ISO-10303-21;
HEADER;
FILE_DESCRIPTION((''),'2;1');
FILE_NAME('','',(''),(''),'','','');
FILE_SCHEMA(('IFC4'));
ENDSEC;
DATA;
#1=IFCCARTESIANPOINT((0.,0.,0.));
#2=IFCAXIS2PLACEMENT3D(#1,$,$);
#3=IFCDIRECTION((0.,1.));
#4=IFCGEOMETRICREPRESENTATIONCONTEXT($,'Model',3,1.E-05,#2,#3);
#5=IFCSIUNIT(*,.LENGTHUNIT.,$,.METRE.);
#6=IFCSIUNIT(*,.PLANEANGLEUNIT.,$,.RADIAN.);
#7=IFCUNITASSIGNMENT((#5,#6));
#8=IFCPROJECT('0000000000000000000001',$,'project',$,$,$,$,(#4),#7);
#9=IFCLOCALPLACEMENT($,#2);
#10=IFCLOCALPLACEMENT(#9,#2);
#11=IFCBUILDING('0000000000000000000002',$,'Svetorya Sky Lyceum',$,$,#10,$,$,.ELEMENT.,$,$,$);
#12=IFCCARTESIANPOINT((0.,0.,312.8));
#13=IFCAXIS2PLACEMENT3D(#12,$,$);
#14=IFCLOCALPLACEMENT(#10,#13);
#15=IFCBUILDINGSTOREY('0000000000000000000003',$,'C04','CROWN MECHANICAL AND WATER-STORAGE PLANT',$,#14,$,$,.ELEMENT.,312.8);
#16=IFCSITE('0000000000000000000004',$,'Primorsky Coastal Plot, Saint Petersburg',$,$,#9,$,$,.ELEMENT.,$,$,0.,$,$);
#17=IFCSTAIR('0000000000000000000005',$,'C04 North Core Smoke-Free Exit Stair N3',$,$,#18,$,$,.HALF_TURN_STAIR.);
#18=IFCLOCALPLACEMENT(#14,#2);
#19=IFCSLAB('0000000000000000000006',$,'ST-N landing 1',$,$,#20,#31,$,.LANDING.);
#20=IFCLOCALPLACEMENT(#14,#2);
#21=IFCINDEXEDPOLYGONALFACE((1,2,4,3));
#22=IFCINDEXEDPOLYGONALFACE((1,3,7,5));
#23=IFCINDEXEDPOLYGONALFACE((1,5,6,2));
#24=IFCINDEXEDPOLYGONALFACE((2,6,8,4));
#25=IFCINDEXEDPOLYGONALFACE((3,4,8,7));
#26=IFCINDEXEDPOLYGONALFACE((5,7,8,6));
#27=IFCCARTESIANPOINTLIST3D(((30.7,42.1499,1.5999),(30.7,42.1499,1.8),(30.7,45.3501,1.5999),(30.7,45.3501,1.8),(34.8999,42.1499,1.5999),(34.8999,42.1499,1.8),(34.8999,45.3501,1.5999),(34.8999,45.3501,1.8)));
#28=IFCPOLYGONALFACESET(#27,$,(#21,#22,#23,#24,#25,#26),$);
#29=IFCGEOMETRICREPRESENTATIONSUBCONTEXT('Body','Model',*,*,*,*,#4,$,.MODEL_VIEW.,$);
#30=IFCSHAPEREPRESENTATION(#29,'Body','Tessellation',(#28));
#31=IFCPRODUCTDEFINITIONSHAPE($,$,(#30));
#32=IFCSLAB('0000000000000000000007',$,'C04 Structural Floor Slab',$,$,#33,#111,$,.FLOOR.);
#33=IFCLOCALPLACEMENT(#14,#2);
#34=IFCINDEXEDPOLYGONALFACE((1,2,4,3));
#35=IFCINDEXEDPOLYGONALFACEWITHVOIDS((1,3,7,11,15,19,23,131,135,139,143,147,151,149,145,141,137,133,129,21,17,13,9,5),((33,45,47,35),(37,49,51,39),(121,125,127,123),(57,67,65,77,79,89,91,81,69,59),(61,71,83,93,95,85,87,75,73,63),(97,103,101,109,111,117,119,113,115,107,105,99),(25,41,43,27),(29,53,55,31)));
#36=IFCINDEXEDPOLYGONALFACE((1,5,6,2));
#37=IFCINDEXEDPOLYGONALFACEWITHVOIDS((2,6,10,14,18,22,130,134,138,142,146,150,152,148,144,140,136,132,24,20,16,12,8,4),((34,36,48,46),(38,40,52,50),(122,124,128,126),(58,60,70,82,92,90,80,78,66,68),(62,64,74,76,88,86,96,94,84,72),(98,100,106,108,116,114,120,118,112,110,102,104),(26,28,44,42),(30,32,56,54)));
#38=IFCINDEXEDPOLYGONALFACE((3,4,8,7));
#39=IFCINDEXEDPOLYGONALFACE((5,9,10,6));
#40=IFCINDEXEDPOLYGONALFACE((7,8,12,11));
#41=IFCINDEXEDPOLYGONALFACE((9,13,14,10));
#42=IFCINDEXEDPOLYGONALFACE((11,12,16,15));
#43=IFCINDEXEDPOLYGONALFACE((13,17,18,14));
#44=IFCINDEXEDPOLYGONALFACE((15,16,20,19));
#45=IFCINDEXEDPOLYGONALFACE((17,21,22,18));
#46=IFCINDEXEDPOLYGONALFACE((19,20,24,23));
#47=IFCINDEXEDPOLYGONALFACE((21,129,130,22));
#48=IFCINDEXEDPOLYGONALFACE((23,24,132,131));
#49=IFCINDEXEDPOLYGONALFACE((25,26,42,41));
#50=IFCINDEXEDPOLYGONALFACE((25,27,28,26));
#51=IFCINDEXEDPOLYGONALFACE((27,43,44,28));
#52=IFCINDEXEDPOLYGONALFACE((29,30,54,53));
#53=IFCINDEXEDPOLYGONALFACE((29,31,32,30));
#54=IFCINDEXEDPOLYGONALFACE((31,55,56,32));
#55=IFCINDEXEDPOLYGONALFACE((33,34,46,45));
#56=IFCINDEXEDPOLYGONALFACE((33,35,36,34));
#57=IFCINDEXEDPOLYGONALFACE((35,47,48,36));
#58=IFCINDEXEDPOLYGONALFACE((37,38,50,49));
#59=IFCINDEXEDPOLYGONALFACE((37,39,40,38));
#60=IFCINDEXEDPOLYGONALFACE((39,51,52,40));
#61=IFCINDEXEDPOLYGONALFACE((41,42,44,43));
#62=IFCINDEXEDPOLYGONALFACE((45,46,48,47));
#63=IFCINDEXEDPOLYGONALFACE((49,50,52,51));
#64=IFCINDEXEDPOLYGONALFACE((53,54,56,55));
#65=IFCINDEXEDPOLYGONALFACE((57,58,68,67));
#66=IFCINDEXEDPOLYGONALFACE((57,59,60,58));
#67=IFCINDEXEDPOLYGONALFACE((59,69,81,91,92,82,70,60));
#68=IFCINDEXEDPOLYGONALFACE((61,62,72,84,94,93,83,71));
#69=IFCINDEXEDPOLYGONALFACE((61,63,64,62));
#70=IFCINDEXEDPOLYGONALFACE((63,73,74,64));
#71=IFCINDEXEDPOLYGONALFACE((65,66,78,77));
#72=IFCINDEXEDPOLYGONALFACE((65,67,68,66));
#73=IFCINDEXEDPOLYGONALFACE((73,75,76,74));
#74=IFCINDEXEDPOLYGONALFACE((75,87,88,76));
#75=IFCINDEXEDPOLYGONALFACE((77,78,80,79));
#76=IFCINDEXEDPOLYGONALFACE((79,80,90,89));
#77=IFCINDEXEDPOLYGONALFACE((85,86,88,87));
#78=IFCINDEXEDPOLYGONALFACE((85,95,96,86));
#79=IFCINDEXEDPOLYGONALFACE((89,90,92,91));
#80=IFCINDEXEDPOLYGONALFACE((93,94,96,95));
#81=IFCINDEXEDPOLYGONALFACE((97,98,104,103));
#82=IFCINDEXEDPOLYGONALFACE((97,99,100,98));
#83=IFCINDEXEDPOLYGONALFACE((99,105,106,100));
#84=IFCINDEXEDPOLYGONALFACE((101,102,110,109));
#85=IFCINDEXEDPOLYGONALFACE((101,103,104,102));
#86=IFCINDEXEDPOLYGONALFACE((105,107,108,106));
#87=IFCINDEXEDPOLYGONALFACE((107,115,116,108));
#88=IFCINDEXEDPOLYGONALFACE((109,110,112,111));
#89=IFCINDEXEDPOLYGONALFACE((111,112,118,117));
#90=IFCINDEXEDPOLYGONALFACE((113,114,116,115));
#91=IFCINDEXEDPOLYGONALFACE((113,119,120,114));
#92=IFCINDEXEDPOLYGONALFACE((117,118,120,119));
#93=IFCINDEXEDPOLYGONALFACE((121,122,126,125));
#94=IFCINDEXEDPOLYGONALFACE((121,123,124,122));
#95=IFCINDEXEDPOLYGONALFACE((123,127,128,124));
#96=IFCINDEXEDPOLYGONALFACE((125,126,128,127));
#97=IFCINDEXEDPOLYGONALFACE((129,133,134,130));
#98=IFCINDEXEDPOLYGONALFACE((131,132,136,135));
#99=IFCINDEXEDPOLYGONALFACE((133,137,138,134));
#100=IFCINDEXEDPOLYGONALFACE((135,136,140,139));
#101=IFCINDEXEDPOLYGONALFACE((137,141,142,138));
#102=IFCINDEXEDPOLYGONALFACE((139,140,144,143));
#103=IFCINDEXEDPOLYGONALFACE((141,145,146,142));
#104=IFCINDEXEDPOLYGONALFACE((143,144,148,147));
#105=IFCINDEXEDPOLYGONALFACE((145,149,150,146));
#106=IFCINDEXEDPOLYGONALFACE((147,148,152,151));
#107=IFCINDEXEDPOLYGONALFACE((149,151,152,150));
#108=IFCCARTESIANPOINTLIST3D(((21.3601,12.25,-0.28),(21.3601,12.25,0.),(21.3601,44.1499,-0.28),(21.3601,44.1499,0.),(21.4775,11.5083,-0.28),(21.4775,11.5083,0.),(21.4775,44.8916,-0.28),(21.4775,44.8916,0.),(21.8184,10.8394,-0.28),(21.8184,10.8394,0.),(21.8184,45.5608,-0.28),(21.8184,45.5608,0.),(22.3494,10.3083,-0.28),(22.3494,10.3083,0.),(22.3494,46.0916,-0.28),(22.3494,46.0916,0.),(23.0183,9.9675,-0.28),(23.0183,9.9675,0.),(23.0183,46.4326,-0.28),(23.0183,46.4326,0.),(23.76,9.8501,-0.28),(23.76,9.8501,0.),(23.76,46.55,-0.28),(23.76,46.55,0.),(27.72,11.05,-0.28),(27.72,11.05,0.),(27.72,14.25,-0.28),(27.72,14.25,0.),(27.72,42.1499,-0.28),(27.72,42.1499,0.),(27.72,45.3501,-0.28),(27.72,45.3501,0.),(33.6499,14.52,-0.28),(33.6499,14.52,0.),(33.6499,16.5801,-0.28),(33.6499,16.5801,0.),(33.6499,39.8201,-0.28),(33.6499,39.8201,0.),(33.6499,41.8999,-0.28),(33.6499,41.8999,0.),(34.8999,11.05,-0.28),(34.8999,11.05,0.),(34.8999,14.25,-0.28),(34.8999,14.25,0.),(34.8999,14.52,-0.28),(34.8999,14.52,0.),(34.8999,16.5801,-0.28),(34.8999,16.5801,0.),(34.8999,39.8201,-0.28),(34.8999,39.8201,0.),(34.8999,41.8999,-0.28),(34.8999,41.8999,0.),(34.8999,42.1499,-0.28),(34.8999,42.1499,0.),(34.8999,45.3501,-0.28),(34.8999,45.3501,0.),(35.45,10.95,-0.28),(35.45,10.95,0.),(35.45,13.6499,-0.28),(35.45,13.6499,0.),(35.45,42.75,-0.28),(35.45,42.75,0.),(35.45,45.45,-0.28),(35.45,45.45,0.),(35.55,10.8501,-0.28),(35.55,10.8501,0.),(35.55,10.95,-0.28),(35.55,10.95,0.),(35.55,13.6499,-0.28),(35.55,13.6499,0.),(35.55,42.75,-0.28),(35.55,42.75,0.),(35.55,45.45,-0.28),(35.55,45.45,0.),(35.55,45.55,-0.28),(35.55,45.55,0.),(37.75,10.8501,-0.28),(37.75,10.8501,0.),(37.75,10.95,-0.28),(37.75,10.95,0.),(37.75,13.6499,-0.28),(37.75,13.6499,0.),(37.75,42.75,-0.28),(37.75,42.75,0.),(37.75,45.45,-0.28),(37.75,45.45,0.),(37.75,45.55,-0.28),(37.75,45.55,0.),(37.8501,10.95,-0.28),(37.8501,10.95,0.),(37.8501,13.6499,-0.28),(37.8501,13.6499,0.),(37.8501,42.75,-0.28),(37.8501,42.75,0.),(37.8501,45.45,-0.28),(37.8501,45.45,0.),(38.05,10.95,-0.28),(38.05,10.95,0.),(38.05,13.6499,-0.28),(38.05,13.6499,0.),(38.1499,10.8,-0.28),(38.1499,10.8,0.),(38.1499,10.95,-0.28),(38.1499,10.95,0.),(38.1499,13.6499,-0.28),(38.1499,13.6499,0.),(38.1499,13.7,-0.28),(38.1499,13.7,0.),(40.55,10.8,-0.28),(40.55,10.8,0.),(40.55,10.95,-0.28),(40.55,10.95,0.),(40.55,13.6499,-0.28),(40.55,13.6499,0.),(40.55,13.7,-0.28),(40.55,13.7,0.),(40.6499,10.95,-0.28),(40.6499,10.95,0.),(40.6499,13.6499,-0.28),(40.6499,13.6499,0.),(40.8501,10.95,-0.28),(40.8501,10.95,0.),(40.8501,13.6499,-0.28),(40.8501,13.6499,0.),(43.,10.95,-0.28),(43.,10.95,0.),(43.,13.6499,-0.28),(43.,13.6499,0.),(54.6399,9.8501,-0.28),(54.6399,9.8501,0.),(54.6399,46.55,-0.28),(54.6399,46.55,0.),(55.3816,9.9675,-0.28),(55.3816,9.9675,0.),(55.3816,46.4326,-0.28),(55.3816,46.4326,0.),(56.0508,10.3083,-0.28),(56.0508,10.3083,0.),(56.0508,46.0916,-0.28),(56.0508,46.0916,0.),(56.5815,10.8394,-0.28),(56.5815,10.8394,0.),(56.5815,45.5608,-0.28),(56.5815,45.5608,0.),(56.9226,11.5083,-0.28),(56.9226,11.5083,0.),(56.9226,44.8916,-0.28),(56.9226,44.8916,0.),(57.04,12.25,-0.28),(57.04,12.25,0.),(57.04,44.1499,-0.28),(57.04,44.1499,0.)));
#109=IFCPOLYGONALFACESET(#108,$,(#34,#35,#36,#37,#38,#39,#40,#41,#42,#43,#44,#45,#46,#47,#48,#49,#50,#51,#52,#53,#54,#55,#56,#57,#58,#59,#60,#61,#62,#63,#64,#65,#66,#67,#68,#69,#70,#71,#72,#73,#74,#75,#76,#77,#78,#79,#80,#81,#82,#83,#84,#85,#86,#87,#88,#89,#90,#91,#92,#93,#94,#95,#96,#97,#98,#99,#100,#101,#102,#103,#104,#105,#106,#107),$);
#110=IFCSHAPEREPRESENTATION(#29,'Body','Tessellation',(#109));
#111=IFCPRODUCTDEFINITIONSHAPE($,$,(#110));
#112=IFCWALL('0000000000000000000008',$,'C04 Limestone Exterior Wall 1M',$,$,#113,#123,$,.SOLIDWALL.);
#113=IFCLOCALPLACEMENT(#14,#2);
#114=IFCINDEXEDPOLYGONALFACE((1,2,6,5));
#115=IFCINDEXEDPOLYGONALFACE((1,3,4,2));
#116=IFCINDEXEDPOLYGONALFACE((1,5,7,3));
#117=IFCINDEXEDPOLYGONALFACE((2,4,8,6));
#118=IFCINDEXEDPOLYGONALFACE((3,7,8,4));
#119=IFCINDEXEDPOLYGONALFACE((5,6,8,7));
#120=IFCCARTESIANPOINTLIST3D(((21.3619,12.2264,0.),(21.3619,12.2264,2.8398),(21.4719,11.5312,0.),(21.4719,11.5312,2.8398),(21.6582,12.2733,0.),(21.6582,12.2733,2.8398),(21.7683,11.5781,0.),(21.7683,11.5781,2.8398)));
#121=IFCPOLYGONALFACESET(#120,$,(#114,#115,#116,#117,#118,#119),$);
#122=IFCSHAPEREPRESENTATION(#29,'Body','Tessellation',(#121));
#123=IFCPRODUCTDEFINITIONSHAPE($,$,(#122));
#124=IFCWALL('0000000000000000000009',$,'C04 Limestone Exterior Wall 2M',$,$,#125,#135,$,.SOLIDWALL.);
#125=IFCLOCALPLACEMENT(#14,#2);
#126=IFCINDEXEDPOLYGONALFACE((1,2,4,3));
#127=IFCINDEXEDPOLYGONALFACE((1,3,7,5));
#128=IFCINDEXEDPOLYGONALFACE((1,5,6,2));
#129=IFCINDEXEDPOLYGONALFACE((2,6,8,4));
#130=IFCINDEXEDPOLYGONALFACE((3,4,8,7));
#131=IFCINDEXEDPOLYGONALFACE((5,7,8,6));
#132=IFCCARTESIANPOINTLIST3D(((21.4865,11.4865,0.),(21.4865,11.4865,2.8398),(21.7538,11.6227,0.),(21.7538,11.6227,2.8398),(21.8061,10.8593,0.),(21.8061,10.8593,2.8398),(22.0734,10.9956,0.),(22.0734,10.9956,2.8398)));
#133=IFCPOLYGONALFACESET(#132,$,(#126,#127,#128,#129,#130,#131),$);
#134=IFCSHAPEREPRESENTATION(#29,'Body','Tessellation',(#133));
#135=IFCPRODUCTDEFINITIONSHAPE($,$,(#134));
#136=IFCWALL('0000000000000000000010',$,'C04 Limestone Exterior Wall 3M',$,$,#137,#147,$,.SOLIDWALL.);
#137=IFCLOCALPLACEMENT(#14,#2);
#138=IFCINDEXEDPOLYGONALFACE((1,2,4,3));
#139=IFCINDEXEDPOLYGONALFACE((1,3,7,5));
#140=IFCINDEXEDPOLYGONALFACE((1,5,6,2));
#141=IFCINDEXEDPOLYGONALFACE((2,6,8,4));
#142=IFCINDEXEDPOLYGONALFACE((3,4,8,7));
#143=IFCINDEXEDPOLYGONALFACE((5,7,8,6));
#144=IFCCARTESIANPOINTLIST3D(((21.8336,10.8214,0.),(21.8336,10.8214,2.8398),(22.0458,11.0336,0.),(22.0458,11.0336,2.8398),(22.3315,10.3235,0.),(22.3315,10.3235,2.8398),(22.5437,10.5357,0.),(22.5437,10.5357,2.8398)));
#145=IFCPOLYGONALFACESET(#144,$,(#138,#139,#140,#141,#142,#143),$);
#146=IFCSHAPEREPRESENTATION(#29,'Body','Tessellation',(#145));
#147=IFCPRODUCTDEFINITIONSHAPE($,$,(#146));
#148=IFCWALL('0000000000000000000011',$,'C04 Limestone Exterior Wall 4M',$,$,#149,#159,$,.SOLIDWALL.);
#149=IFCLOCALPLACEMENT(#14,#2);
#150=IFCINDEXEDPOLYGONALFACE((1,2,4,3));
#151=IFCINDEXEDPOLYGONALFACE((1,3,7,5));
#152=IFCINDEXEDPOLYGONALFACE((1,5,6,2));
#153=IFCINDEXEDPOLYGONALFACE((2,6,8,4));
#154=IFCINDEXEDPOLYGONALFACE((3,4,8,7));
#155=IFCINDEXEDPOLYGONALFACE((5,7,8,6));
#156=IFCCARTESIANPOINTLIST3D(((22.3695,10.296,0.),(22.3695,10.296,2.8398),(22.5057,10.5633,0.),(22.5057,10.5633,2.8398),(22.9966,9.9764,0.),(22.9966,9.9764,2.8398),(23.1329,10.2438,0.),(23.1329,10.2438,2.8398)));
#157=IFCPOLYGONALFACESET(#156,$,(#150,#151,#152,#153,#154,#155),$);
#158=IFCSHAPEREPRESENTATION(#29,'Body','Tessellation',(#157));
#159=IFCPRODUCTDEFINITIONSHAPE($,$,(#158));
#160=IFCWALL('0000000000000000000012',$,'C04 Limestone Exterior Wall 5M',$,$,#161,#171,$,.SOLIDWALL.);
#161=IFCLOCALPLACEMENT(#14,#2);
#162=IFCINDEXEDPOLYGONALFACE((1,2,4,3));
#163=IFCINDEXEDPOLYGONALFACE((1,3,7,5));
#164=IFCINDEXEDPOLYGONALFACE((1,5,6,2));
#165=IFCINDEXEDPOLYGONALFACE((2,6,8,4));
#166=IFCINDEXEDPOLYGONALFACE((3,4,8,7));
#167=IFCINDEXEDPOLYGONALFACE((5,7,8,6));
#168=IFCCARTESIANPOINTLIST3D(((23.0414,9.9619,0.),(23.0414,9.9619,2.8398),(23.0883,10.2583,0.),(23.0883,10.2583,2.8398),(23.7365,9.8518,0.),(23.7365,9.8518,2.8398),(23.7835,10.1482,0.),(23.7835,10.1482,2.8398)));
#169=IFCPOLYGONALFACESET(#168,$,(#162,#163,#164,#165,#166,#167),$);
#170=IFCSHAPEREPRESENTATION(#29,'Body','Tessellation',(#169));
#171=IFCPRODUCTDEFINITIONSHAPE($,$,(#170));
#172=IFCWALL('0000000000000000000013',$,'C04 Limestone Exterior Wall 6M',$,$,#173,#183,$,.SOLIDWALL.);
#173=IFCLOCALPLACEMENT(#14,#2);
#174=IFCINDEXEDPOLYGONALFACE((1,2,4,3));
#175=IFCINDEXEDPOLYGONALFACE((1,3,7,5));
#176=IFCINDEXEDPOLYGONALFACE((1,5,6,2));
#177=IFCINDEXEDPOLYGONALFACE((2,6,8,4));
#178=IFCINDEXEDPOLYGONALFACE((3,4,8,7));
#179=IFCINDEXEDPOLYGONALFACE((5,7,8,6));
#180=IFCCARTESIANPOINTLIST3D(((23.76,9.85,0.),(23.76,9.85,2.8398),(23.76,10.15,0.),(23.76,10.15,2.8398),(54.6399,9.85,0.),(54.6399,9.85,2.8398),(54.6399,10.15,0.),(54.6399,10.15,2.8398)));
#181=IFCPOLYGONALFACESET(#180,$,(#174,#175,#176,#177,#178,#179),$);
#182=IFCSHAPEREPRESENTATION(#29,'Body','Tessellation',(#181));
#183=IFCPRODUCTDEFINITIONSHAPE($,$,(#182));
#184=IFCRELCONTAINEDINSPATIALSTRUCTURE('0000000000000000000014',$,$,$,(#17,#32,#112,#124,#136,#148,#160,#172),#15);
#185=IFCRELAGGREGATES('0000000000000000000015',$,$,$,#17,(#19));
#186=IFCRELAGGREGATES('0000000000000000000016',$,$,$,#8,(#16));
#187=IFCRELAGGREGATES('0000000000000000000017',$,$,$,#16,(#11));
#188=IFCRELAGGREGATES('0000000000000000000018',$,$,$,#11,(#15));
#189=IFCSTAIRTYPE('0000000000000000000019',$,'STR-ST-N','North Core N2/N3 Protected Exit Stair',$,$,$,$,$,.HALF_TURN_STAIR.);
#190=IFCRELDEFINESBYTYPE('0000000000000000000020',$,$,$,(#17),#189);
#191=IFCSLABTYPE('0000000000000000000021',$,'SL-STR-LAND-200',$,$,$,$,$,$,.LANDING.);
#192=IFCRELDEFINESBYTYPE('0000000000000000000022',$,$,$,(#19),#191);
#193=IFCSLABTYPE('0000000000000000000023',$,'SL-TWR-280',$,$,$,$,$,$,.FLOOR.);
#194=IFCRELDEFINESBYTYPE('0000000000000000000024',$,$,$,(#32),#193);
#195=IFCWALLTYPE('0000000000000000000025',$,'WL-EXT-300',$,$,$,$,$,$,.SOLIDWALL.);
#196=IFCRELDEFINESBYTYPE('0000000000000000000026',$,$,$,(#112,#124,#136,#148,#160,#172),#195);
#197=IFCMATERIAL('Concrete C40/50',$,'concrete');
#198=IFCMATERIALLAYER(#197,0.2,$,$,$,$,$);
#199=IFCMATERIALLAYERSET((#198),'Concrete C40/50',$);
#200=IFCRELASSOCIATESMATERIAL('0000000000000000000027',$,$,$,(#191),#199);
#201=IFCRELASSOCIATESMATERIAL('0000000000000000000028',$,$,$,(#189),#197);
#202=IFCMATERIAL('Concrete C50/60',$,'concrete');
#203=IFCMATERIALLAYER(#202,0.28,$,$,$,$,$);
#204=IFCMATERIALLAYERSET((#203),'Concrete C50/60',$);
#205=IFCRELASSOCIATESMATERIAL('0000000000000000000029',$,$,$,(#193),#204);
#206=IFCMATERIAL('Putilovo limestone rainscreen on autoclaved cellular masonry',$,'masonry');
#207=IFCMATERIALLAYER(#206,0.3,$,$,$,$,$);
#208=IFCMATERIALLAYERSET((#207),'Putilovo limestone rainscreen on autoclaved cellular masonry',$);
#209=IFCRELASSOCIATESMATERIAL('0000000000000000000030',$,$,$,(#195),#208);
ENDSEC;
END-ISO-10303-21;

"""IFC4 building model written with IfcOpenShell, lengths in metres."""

from ifc_helpers import new_model, si_unit, direction, frame, frame_2d, origin, place, context, subcontext, project, spatial, polyline, rectangle, outline, extrude, material, layer, layer_set, type_object, element, aggregate, save


model = new_model("IFC4")

# Units and contexts
model_context = context("Model", 3, precision=1e-05, world=origin(), true_north=direction((0.0, 1.0)))
body_context = subcontext(model_context, "Body", "Model", "MODEL_VIEW")
ifc_project = project(units=[si_unit("LENGTHUNIT", "METRE"), si_unit("PLANEANGLEUNIT", "RADIAN")], contexts=[model_context])

# Site, building, storey
site_placement = place(None, origin())
site = spatial("IfcSite", under=ifc_project, at=site_placement, Name="Primorsky Coastal Plot, Saint Petersburg", CompositionType="ELEMENT", RefElevation=0.0)
building_placement = place(site_placement, origin())
building = spatial("IfcBuilding", under=site, at=building_placement, Name="Svetorya Sky Lyceum", CompositionType="ELEMENT")
storey_placement = place(building_placement, frame((0.0, 0.0, 312.8)))
storey = spatial("IfcBuildingStorey", under=building, at=storey_placement, Name="C04", Description="CROWN MECHANICAL AND WATER-STORAGE PLANT", CompositionType="ELEMENT", Elevation=312.8)

# Shared definitions
ifc_material_1 = material(Name="Concrete C40/50", Category="concrete")

# Stair, slab
ifc_layer_1 = layer(ifc_material_1, 0.2)
ifc_layer_set_1 = layer_set([ifc_layer_1], Name="Concrete C40/50")
slab_type_1 = type_object("IfcSlabType", Name="SL-STR-LAND-200", PredefinedType="LANDING", material=ifc_layer_set_1)
stair_type_1 = type_object("IfcStairType", Name="STR-ST-N", Description="North Core N2/N3 Protected Exit Stair", PredefinedType="HALF_TURN_STAIR", material=ifc_material_1)
stair_1_placement = place(storey_placement, origin())
stair_1 = element("IfcStair", 1, at=stair_1_placement, inside=storey, type_object=stair_type_1, Name="C04 North Core Smoke-Free Exit Stair N3", PredefinedType="HALF_TURN_STAIR")
slab_1_placement = place(storey_placement, frame((0.0, 0.0, 1.5999)))
slab_1 = element("IfcSlab", 2, at=slab_1_placement, type_object=slab_type_1, Name="ST-N landing 1", PredefinedType="LANDING", context=body_context, shape_type="SweptSolid", body=[
    extrude(outline(polyline([(30.7, 42.1499), (34.8999, 42.1499), (34.8999, 45.3501), (30.7, 45.3501), (30.7, 42.1499)])), origin(), (0.0, 0.0, 1.0), 0.2002),
])
aggregate(stair_1, [slab_1])

# Slab
ifc_material_2 = material(Name="Concrete C50/60", Category="concrete")
ifc_layer_2 = layer(ifc_material_2, 0.28)
ifc_layer_set_2 = layer_set([ifc_layer_2], Name="Concrete C50/60")
slab_type_2 = type_object("IfcSlabType", Name="SL-TWR-280", PredefinedType="FLOOR", material=ifc_layer_set_2)
slab_2_placement = place(storey_placement, frame((0.0, 0.0, -0.28)))
element("IfcSlab", 3, at=slab_2_placement, inside=storey, type_object=slab_type_2, Name="C04 Structural Floor Slab", PredefinedType="FLOOR", context=body_context, shape_type="SweptSolid", body=[
    extrude(outline(polyline([(21.3601, 12.25), (21.4775, 11.5083), (21.8184, 10.8394), (22.3494, 10.3083), (23.0183, 9.9675), (23.76, 9.8501), (54.6399, 9.8501), (55.3816, 9.9675), (56.0508, 10.3083), (56.5815, 10.8394), (56.9226, 11.5083), (57.04, 12.25), (57.04, 44.1499), (56.9226, 44.8916), (56.5815, 45.5608), (56.0508, 46.0916), (55.3816, 46.4326), (54.6399, 46.55), (23.76, 46.55), (23.0183, 46.4326), (22.3494, 46.0916), (21.8184, 45.5608), (21.4775, 44.8916), (21.3601, 44.1499), (21.3601, 12.25)]), holes=[polyline([(37.75, 10.8501), (35.55, 10.8501), (35.55, 10.95), (35.45, 10.95), (35.45, 13.6499), (35.55, 13.6499), (37.75, 13.6499), (37.8501, 13.6499), (37.8501, 10.95), (37.75, 10.95), (37.75, 10.8501)]), polyline([(34.8999, 11.05), (27.72, 11.05), (27.72, 14.25), (34.8999, 14.25), (34.8999, 11.05)]), polyline([(34.8999, 14.52), (33.6499, 14.52), (33.6499, 16.5801), (34.8999, 16.5801), (34.8999, 14.52)]), polyline([(33.6499, 39.8201), (33.6499, 41.8999), (34.8999, 41.8999), (34.8999, 39.8201), (33.6499, 39.8201)]), polyline([(27.72, 42.1499), (27.72, 45.3501), (34.8999, 45.3501), (34.8999, 42.1499), (27.72, 42.1499)]), polyline([(37.75, 45.45), (37.8501, 45.45), (37.8501, 42.75), (37.75, 42.75), (35.55, 42.75), (35.45, 42.75), (35.45, 45.45), (35.55, 45.45), (35.55, 45.55), (37.75, 45.55), (37.75, 45.45)]), polyline([(40.6499, 13.6499), (40.6499, 10.95), (40.55, 10.95), (40.55, 10.8), (38.1499, 10.8), (38.1499, 10.95), (38.05, 10.95), (38.05, 13.6499), (38.1499, 13.6499), (38.1499, 13.7), (40.55, 13.7), (40.55, 13.6499), (40.6499, 13.6499)]), polyline([(40.8501, 10.95), (40.8501, 13.6499), (43.0, 13.6499), (43.0, 10.95), (40.8501, 10.95)])]), origin(), (0.0, 0.0, 1.0), 0.28),
])

# Walls
ifc_material_3 = material(Name="Putilovo limestone rainscreen on autoclaved cellular masonry", Category="masonry")
ifc_layer_3 = layer(ifc_material_3, 0.3)
ifc_layer_set_3 = layer_set([ifc_layer_3], Name="Putilovo limestone rainscreen on autoclaved cellular masonry")
wall_type_1 = type_object("IfcWallType", Name="WL-EXT-300", PredefinedType="SOLIDWALL", material=ifc_layer_set_3)
for number, where, z_axis, x_axis, name in (
    (4, (21.51, 12.25, 0.0), (0.0, 0.0, 1.0), (0.156408, -0.987693, 0.0), "C04 Limestone Exterior Wall 1M"),
    (5, (21.6201, 11.5547, 0.0), (0.0, 0.0, 1.0), (0.453999, -0.891002, 0.0), "C04 Limestone Exterior Wall 2M"),
):
    element("IfcWall", number, at=place(storey_placement, frame(where, z_axis=z_axis, x_axis=x_axis)), inside=storey, type_object=wall_type_1, Name=name, PredefinedType="SOLIDWALL", context=body_context, shape_type="SweptSolid", body=[
        extrude(rectangle(XDim=0.7039, YDim=0.3, at=frame_2d((0.3521, 0.0))), origin(), (0.0, 0.0, 1.0), 2.8398),
    ])
wall_1_placement = place(storey_placement, frame((21.9397, 10.9275, 0.0), z_axis=(0.0, 0.0, 1.0), x_axis=(0.707107, -0.707107, 0.0)))
element("IfcWall", 6, at=wall_1_placement, inside=storey, type_object=wall_type_1, Name="C04 Limestone Exterior Wall 3M", PredefinedType="SOLIDWALL", context=body_context, shape_type="SweptSolid", body=[
    extrude(rectangle(XDim=0.7041, YDim=0.3, at=frame_2d((0.3521, 0.0))), origin(), (0.0, 0.0, 1.0), 2.8398),
])
for number, where, z_axis, x_axis, name in (
    (7, (22.4375, 10.4297, 0.0), (0.0, 0.0, 1.0), (0.891002, -0.453999, 0.0), "C04 Limestone Exterior Wall 4M"),
    (8, (23.0647, 10.1101, 0.0), (0.0, 0.0, 1.0), (0.987693, -0.156408, 0.0), "C04 Limestone Exterior Wall 5M"),
):
    element("IfcWall", number, at=place(storey_placement, frame(where, z_axis=z_axis, x_axis=x_axis)), inside=storey, type_object=wall_type_1, Name=name, PredefinedType="SOLIDWALL", context=body_context, shape_type="SweptSolid", body=[
        extrude(rectangle(XDim=0.7039, YDim=0.3, at=frame_2d((0.3521, 0.0))), origin(), (0.0, 0.0, 1.0), 2.8398),
    ])
wall_2_placement = place(storey_placement, frame((23.76, 10.0, 0.0), z_axis=(0.0, 0.0, 1.0), x_axis=(1.0, 0.0, 0.0)))
element("IfcWall", 9, at=wall_2_placement, inside=storey, type_object=wall_type_1, Name="C04 Limestone Exterior Wall 6M", PredefinedType="SOLIDWALL", context=body_context, shape_type="SweptSolid", body=[
    extrude(rectangle(XDim=30.8799, YDim=0.3, at=frame_2d((15.4399, 0.0))), origin(), (0.0, 0.0, 1.0), 2.8398),
])

save(model, "model.ifc")
